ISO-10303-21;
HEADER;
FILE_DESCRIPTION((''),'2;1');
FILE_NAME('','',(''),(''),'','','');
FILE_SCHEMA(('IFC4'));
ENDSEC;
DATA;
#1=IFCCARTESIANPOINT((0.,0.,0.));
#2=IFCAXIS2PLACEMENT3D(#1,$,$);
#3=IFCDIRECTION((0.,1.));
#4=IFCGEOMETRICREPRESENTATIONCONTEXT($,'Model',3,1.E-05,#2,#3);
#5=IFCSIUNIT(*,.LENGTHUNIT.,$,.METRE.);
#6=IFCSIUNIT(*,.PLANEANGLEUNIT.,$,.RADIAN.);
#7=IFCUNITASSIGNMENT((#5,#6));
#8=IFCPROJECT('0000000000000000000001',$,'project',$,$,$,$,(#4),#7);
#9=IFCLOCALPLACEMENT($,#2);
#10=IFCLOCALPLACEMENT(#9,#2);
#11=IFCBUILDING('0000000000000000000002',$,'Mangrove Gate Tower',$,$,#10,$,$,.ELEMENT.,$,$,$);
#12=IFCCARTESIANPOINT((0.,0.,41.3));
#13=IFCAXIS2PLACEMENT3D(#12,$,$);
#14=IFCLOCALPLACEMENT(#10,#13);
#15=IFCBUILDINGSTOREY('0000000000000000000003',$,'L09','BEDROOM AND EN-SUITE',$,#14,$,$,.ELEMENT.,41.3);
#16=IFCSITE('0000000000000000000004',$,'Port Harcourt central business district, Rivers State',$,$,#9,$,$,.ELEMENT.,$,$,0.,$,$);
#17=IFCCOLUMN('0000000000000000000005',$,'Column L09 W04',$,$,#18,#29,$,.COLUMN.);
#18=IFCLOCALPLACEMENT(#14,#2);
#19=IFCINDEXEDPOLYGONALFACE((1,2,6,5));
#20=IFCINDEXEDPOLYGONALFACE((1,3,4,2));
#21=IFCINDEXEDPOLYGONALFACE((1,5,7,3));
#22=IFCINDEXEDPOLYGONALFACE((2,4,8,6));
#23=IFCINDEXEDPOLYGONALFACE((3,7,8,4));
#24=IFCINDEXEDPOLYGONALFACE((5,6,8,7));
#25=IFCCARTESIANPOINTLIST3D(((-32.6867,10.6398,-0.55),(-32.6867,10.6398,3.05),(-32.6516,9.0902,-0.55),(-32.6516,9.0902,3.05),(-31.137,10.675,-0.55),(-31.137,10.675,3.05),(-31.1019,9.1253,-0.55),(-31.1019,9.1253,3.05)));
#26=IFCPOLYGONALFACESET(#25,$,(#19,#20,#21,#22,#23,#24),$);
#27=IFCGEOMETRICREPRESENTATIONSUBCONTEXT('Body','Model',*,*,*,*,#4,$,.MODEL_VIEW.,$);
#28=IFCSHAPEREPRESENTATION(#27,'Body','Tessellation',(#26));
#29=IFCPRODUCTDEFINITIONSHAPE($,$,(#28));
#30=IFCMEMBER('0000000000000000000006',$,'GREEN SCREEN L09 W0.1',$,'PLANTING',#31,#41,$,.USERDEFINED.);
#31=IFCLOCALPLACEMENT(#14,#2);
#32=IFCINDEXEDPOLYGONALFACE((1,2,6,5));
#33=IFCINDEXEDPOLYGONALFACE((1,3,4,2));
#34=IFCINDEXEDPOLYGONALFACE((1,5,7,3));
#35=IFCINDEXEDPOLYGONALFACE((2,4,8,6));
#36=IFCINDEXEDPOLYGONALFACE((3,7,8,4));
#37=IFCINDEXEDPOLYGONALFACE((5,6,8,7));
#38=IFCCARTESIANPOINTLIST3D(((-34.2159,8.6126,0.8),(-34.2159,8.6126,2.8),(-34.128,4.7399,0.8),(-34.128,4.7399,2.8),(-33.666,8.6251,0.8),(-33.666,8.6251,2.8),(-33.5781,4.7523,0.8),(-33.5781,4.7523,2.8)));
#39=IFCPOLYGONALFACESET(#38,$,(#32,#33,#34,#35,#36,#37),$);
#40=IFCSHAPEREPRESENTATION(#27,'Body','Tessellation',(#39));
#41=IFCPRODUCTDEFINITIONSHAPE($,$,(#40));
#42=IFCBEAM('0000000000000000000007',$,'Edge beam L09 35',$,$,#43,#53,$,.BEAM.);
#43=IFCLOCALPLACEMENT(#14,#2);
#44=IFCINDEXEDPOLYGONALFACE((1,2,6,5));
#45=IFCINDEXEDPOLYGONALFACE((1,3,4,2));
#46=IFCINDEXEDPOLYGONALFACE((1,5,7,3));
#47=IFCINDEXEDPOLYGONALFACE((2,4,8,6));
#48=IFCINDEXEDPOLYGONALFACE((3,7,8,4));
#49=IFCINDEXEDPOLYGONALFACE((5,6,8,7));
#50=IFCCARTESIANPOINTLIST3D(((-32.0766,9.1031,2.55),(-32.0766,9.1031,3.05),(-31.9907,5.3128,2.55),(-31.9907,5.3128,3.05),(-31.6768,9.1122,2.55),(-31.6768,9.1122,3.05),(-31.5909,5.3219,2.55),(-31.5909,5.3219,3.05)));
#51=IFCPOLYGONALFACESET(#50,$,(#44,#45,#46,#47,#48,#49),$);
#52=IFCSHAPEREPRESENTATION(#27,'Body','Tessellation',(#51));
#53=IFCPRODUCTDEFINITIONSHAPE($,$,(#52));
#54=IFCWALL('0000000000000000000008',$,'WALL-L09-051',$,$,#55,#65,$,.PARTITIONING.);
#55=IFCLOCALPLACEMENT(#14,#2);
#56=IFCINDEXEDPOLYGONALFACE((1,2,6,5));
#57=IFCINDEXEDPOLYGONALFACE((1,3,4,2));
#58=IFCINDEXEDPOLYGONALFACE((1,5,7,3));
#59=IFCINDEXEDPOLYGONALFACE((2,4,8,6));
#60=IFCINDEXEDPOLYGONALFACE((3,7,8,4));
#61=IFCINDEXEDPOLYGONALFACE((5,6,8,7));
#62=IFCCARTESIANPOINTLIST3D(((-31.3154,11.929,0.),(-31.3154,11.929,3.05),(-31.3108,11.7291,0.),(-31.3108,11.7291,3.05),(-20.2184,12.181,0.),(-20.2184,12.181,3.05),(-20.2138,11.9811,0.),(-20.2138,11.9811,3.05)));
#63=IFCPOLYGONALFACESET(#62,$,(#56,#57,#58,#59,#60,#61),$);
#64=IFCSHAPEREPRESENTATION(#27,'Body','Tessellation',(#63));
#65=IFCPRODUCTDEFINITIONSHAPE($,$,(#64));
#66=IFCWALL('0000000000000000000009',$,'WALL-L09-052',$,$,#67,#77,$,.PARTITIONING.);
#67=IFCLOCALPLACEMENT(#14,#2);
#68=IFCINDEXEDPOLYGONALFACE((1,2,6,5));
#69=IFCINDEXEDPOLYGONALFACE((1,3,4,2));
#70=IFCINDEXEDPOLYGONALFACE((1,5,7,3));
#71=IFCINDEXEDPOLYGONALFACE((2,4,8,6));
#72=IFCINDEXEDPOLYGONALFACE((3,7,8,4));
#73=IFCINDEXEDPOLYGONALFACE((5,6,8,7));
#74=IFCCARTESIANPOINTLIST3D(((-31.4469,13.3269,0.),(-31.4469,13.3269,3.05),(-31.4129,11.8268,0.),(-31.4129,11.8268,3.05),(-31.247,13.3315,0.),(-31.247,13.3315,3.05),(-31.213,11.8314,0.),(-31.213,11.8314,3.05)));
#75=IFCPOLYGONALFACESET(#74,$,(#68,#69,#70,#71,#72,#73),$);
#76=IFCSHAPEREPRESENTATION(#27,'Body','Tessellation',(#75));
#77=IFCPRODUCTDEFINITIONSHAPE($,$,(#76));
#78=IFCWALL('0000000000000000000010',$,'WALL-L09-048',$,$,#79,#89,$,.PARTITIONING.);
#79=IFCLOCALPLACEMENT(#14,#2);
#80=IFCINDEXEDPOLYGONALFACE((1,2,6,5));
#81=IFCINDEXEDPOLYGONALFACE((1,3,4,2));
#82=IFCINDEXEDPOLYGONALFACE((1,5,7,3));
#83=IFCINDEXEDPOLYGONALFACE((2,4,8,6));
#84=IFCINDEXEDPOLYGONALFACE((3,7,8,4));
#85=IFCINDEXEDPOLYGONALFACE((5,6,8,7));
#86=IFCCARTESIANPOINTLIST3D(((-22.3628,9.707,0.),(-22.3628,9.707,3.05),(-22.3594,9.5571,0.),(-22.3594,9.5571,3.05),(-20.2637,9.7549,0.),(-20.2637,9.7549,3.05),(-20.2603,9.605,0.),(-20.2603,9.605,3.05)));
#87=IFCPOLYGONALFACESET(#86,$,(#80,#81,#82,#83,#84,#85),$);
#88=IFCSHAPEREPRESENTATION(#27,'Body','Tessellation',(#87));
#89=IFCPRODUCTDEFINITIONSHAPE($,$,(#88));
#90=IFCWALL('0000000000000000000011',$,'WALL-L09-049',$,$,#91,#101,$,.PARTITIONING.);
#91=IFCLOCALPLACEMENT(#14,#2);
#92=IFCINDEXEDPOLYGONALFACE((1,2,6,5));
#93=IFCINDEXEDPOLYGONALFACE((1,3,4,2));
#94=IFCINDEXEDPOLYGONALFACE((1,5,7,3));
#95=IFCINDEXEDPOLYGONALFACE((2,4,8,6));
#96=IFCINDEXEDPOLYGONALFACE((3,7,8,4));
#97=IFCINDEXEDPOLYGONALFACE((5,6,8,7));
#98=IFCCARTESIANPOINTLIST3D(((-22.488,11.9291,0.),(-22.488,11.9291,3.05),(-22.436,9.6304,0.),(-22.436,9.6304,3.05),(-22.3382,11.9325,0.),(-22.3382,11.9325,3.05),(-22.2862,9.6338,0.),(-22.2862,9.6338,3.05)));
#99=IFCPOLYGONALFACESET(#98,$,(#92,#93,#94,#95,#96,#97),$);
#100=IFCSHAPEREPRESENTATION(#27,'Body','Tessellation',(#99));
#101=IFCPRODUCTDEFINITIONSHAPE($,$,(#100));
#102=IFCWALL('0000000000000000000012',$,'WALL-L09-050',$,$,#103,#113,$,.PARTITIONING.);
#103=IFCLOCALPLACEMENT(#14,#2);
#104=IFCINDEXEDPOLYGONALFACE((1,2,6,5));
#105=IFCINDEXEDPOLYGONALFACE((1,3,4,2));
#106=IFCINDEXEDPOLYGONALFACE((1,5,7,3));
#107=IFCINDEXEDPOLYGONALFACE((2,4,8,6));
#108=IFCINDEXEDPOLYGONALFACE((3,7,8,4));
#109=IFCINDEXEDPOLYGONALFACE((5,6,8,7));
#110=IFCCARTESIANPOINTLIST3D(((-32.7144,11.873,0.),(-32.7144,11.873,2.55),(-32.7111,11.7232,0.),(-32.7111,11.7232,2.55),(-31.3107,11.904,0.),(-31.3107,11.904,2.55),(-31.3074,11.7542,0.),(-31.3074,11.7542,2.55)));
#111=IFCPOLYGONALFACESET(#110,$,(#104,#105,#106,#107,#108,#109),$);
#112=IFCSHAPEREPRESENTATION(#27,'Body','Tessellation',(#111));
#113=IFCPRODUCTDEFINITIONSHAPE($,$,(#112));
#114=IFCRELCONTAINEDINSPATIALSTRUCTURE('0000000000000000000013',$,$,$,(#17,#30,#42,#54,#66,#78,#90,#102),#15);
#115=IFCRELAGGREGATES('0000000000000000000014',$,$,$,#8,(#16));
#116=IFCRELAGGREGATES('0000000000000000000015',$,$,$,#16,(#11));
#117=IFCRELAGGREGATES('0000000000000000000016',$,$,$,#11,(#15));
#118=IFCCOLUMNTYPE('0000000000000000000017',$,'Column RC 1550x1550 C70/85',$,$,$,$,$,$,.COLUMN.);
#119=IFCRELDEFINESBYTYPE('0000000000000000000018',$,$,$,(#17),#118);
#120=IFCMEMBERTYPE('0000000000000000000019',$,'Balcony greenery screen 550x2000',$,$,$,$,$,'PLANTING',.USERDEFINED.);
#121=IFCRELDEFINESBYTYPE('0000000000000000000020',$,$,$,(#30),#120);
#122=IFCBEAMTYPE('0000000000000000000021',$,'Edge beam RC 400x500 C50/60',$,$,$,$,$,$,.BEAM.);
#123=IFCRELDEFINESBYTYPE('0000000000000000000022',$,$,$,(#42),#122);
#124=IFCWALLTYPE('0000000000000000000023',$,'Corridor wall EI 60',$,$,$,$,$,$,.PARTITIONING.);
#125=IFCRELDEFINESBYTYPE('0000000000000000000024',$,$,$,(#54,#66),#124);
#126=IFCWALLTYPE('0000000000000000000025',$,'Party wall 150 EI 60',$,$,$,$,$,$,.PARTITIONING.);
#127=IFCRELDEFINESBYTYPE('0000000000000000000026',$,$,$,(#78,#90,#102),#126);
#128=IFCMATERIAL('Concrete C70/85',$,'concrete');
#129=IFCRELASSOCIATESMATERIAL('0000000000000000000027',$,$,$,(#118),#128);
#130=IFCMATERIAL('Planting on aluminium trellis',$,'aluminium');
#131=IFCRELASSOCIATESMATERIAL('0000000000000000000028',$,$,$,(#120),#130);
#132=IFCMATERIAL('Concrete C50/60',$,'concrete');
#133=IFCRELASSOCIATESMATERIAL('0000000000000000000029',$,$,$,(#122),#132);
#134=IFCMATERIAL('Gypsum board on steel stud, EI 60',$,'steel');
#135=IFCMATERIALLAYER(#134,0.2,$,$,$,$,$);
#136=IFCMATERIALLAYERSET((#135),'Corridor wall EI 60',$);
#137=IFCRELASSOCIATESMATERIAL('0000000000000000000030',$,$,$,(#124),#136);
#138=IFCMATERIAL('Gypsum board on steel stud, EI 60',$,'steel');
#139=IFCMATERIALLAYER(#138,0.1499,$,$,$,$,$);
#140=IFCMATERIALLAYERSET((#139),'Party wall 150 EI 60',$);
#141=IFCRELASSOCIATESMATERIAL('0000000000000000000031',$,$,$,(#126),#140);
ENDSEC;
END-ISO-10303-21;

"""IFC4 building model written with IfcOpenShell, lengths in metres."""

from ifc_helpers import new_model, si_unit, direction, frame, frame_2d, origin, origin_2d, place, context, subcontext, project, spatial, rectangle, extrude, material, layer, layer_set, material_profile, profile_set, type_object, element, save


model = new_model("IFC4")

# Units and contexts
model_context = context("Model", 3, precision=1e-05, world=origin(), true_north=direction((0.0, 1.0)))
body_context = subcontext(model_context, "Body", "Model", "MODEL_VIEW")
ifc_project = project(units=[si_unit("LENGTHUNIT", "METRE"), si_unit("PLANEANGLEUNIT", "RADIAN")], contexts=[model_context])

# Site, building, storey
site_placement = place(None, origin())
site = spatial("IfcSite", under=ifc_project, at=site_placement, Name="Port Harcourt central business district, Rivers State", CompositionType="ELEMENT", RefElevation=0.0)
building_placement = place(site_placement, origin())
building = spatial("IfcBuilding", under=site, at=building_placement, Name="Mangrove Gate Tower", CompositionType="ELEMENT")
storey_placement = place(building_placement, frame((0.0, 0.0, 41.3)))
storey = spatial("IfcBuildingStorey", under=building, at=storey_placement, Name="L09", Description="BEDROOM AND EN-SUITE", CompositionType="ELEMENT", Elevation=41.3)

# Column
ifc_material_1 = material(Name="Concrete C70/85", Category="concrete")
ifc_material_profile_1 = material_profile(ifc_material_1, rectangle(XDim=1.55, YDim=1.55, at=origin_2d()))
ifc_profile_set_1 = profile_set([ifc_material_profile_1], Name="Concrete C70/85")
column_type = type_object("IfcColumnType", Name="Column RC 1550x1550 C70/85", PredefinedType="COLUMN", material=ifc_profile_set_1)
column_placement = place(storey_placement, frame((-31.8943, 9.8826, -0.55), z_axis=(0.0, 0.0, 1.0), x_axis=(0.022653, -0.999743, 0.0)))
element("IfcColumn", 1, at=column_placement, inside=storey, type_object=column_type, Name="Column L09 W04", PredefinedType="COLUMN", context=body_context, shape_type="SweptSolid", body=[
    extrude(rectangle(XDim=1.55, YDim=1.55, at=origin_2d()), origin(), (0.0, 0.0, 1.0), 3.6001),
])

# Member
ifc_material_2 = material(Name="Planting on aluminium trellis", Category="aluminium")
ifc_material_profile_2 = material_profile(ifc_material_2, rectangle(XDim=0.55, YDim=2.0, at=origin_2d()))
ifc_profile_set_2 = profile_set([ifc_material_profile_2], Name="Planting on aluminium trellis")
member_type = type_object("IfcMemberType", Name="Balcony greenery screen 550x2000", ElementType="PLANTING", PredefinedType="USERDEFINED", material=ifc_profile_set_2)
member_placement = place(storey_placement, frame((-33.853, 4.7461, 1.8), z_axis=(-0.022688, 0.999743, 0.0), x_axis=(-0.999743, -0.022688, 0.0)))
element("IfcMember", 2, at=member_placement, inside=storey, type_object=member_type, Name="GREEN SCREEN L09 W0.1", ObjectType="PLANTING", PredefinedType="USERDEFINED", context=body_context, shape_type="SweptSolid", body=[
    extrude(rectangle(XDim=0.55, YDim=2.0, at=origin_2d()), origin(), (0.0, 0.0, 1.0), 3.8738),
])

# Beam
ifc_material_3 = material(Name="Concrete C50/60", Category="concrete")
ifc_material_profile_3 = material_profile(ifc_material_3, rectangle(XDim=0.3999, YDim=0.5, at=origin_2d()))
ifc_profile_set_3 = profile_set([ifc_material_profile_3], Name="Concrete C50/60")
beam_type = type_object("IfcBeamType", Name="Edge beam RC 400x500 C50/60", PredefinedType="BEAM", material=ifc_profile_set_3)
beam_placement = place(storey_placement, frame((-31.8767, 9.1077, 2.8), z_axis=(0.022667, -0.999743, 0.0), x_axis=(0.999743, 0.022667, 0.0)))
element("IfcBeam", 3, at=beam_placement, inside=storey, type_object=beam_type, Name="Edge beam L09 35", PredefinedType="BEAM", context=body_context, shape_type="SweptSolid", body=[
    extrude(rectangle(XDim=0.3999, YDim=0.5, at=origin_2d()), origin(), (0.0, 0.0, 1.0), 3.7913),
])

# Walls
ifc_material_4 = material(Name="Gypsum board on steel stud, EI 60", Category="steel")
ifc_layer_1 = layer(ifc_material_4, 0.2)
ifc_layer_set_1 = layer_set([ifc_layer_1], Name="Corridor wall EI 60")
wall_type_1 = type_object("IfcWallType", Name="Corridor wall EI 60", PredefinedType="PARTITIONING", material=ifc_layer_set_1)
wall_1_placement = place(storey_placement, frame((-31.313, 11.8291, 0.0), z_axis=(0.0, 0.0, 1.0), x_axis=(0.999742, 0.022699, 0.0)))
element("IfcWall", 4, at=wall_1_placement, inside=storey, type_object=wall_type_1, Name="WALL-L09-051", PredefinedType="PARTITIONING", context=body_context, shape_type="SweptSolid", body=[
    extrude(rectangle(XDim=11.0999, YDim=0.2, at=frame_2d((5.5498, 0.0))), origin(), (0.0, 0.0, 1.0), 3.05),
])
wall_2_placement = place(storey_placement, frame((-31.313, 11.8291, 0.0), z_axis=(0.0, 0.0, 1.0), x_axis=(-0.022618, 0.999744, 0.0)))
element("IfcWall", 5, at=wall_2_placement, inside=storey, type_object=wall_type_1, Name="WALL-L09-052", PredefinedType="PARTITIONING", context=body_context, shape_type="SweptSolid", body=[
    extrude(rectangle(XDim=1.5005, YDim=0.2, at=frame_2d((0.7502, 0.0))), origin(), (0.0, 0.0, 1.0), 3.05),
])

# Walls
ifc_material_5 = material(Name="Gypsum board on steel stud, EI 60", Category="steel")
ifc_layer_2 = layer(ifc_material_5, 0.1499)
ifc_layer_set_2 = layer_set([ifc_layer_2], Name="Party wall 150 EI 60")
wall_type_2 = type_object("IfcWallType", Name="Party wall 150 EI 60", PredefinedType="PARTITIONING", material=ifc_layer_set_2)
wall_3_placement = place(storey_placement, frame((-22.3611, 9.6321, 0.0), z_axis=(0.0, 0.0, 1.0), x_axis=(0.99974, 0.02279, 0.0)))
element("IfcWall", 6, at=wall_3_placement, inside=storey, type_object=wall_type_2, Name="WALL-L09-048", PredefinedType="PARTITIONING", context=body_context, shape_type="SweptSolid", body=[
    extrude(rectangle(XDim=2.0996, YDim=0.1499, at=frame_2d((1.0498, 0.0))), origin(), (0.0, 0.0, 1.0), 3.05),
])
wall_4_placement = place(storey_placement, frame((-22.3611, 9.6321, 0.0), z_axis=(0.0, 0.0, 1.0), x_axis=(-0.022615, 0.999744, 0.0)))
element("IfcWall", 7, at=wall_4_placement, inside=storey, type_object=wall_type_2, Name="WALL-L09-049", PredefinedType="PARTITIONING", context=body_context, shape_type="SweptSolid", body=[
    extrude(rectangle(XDim=2.2993, YDim=0.1499, at=frame_2d((1.1497, 0.0))), origin(), (0.0, 0.0, 1.0), 3.05),
])
wall_5_placement = place(storey_placement, frame((-32.7129, 11.7981, 0.0), z_axis=(0.0, 0.0, 1.0), x_axis=(0.999756, 0.022082, 0.0)))
element("IfcWall", 8, at=wall_5_placement, inside=storey, type_object=wall_type_2, Name="WALL-L09-050", PredefinedType="PARTITIONING", context=body_context, shape_type="SweptSolid", body=[
    extrude(rectangle(XDim=1.4041, YDim=0.1499, at=frame_2d((0.7021, 0.0))), origin(), (0.0, 0.0, 1.0), 2.55),
])

save(model, "model.ifc")
